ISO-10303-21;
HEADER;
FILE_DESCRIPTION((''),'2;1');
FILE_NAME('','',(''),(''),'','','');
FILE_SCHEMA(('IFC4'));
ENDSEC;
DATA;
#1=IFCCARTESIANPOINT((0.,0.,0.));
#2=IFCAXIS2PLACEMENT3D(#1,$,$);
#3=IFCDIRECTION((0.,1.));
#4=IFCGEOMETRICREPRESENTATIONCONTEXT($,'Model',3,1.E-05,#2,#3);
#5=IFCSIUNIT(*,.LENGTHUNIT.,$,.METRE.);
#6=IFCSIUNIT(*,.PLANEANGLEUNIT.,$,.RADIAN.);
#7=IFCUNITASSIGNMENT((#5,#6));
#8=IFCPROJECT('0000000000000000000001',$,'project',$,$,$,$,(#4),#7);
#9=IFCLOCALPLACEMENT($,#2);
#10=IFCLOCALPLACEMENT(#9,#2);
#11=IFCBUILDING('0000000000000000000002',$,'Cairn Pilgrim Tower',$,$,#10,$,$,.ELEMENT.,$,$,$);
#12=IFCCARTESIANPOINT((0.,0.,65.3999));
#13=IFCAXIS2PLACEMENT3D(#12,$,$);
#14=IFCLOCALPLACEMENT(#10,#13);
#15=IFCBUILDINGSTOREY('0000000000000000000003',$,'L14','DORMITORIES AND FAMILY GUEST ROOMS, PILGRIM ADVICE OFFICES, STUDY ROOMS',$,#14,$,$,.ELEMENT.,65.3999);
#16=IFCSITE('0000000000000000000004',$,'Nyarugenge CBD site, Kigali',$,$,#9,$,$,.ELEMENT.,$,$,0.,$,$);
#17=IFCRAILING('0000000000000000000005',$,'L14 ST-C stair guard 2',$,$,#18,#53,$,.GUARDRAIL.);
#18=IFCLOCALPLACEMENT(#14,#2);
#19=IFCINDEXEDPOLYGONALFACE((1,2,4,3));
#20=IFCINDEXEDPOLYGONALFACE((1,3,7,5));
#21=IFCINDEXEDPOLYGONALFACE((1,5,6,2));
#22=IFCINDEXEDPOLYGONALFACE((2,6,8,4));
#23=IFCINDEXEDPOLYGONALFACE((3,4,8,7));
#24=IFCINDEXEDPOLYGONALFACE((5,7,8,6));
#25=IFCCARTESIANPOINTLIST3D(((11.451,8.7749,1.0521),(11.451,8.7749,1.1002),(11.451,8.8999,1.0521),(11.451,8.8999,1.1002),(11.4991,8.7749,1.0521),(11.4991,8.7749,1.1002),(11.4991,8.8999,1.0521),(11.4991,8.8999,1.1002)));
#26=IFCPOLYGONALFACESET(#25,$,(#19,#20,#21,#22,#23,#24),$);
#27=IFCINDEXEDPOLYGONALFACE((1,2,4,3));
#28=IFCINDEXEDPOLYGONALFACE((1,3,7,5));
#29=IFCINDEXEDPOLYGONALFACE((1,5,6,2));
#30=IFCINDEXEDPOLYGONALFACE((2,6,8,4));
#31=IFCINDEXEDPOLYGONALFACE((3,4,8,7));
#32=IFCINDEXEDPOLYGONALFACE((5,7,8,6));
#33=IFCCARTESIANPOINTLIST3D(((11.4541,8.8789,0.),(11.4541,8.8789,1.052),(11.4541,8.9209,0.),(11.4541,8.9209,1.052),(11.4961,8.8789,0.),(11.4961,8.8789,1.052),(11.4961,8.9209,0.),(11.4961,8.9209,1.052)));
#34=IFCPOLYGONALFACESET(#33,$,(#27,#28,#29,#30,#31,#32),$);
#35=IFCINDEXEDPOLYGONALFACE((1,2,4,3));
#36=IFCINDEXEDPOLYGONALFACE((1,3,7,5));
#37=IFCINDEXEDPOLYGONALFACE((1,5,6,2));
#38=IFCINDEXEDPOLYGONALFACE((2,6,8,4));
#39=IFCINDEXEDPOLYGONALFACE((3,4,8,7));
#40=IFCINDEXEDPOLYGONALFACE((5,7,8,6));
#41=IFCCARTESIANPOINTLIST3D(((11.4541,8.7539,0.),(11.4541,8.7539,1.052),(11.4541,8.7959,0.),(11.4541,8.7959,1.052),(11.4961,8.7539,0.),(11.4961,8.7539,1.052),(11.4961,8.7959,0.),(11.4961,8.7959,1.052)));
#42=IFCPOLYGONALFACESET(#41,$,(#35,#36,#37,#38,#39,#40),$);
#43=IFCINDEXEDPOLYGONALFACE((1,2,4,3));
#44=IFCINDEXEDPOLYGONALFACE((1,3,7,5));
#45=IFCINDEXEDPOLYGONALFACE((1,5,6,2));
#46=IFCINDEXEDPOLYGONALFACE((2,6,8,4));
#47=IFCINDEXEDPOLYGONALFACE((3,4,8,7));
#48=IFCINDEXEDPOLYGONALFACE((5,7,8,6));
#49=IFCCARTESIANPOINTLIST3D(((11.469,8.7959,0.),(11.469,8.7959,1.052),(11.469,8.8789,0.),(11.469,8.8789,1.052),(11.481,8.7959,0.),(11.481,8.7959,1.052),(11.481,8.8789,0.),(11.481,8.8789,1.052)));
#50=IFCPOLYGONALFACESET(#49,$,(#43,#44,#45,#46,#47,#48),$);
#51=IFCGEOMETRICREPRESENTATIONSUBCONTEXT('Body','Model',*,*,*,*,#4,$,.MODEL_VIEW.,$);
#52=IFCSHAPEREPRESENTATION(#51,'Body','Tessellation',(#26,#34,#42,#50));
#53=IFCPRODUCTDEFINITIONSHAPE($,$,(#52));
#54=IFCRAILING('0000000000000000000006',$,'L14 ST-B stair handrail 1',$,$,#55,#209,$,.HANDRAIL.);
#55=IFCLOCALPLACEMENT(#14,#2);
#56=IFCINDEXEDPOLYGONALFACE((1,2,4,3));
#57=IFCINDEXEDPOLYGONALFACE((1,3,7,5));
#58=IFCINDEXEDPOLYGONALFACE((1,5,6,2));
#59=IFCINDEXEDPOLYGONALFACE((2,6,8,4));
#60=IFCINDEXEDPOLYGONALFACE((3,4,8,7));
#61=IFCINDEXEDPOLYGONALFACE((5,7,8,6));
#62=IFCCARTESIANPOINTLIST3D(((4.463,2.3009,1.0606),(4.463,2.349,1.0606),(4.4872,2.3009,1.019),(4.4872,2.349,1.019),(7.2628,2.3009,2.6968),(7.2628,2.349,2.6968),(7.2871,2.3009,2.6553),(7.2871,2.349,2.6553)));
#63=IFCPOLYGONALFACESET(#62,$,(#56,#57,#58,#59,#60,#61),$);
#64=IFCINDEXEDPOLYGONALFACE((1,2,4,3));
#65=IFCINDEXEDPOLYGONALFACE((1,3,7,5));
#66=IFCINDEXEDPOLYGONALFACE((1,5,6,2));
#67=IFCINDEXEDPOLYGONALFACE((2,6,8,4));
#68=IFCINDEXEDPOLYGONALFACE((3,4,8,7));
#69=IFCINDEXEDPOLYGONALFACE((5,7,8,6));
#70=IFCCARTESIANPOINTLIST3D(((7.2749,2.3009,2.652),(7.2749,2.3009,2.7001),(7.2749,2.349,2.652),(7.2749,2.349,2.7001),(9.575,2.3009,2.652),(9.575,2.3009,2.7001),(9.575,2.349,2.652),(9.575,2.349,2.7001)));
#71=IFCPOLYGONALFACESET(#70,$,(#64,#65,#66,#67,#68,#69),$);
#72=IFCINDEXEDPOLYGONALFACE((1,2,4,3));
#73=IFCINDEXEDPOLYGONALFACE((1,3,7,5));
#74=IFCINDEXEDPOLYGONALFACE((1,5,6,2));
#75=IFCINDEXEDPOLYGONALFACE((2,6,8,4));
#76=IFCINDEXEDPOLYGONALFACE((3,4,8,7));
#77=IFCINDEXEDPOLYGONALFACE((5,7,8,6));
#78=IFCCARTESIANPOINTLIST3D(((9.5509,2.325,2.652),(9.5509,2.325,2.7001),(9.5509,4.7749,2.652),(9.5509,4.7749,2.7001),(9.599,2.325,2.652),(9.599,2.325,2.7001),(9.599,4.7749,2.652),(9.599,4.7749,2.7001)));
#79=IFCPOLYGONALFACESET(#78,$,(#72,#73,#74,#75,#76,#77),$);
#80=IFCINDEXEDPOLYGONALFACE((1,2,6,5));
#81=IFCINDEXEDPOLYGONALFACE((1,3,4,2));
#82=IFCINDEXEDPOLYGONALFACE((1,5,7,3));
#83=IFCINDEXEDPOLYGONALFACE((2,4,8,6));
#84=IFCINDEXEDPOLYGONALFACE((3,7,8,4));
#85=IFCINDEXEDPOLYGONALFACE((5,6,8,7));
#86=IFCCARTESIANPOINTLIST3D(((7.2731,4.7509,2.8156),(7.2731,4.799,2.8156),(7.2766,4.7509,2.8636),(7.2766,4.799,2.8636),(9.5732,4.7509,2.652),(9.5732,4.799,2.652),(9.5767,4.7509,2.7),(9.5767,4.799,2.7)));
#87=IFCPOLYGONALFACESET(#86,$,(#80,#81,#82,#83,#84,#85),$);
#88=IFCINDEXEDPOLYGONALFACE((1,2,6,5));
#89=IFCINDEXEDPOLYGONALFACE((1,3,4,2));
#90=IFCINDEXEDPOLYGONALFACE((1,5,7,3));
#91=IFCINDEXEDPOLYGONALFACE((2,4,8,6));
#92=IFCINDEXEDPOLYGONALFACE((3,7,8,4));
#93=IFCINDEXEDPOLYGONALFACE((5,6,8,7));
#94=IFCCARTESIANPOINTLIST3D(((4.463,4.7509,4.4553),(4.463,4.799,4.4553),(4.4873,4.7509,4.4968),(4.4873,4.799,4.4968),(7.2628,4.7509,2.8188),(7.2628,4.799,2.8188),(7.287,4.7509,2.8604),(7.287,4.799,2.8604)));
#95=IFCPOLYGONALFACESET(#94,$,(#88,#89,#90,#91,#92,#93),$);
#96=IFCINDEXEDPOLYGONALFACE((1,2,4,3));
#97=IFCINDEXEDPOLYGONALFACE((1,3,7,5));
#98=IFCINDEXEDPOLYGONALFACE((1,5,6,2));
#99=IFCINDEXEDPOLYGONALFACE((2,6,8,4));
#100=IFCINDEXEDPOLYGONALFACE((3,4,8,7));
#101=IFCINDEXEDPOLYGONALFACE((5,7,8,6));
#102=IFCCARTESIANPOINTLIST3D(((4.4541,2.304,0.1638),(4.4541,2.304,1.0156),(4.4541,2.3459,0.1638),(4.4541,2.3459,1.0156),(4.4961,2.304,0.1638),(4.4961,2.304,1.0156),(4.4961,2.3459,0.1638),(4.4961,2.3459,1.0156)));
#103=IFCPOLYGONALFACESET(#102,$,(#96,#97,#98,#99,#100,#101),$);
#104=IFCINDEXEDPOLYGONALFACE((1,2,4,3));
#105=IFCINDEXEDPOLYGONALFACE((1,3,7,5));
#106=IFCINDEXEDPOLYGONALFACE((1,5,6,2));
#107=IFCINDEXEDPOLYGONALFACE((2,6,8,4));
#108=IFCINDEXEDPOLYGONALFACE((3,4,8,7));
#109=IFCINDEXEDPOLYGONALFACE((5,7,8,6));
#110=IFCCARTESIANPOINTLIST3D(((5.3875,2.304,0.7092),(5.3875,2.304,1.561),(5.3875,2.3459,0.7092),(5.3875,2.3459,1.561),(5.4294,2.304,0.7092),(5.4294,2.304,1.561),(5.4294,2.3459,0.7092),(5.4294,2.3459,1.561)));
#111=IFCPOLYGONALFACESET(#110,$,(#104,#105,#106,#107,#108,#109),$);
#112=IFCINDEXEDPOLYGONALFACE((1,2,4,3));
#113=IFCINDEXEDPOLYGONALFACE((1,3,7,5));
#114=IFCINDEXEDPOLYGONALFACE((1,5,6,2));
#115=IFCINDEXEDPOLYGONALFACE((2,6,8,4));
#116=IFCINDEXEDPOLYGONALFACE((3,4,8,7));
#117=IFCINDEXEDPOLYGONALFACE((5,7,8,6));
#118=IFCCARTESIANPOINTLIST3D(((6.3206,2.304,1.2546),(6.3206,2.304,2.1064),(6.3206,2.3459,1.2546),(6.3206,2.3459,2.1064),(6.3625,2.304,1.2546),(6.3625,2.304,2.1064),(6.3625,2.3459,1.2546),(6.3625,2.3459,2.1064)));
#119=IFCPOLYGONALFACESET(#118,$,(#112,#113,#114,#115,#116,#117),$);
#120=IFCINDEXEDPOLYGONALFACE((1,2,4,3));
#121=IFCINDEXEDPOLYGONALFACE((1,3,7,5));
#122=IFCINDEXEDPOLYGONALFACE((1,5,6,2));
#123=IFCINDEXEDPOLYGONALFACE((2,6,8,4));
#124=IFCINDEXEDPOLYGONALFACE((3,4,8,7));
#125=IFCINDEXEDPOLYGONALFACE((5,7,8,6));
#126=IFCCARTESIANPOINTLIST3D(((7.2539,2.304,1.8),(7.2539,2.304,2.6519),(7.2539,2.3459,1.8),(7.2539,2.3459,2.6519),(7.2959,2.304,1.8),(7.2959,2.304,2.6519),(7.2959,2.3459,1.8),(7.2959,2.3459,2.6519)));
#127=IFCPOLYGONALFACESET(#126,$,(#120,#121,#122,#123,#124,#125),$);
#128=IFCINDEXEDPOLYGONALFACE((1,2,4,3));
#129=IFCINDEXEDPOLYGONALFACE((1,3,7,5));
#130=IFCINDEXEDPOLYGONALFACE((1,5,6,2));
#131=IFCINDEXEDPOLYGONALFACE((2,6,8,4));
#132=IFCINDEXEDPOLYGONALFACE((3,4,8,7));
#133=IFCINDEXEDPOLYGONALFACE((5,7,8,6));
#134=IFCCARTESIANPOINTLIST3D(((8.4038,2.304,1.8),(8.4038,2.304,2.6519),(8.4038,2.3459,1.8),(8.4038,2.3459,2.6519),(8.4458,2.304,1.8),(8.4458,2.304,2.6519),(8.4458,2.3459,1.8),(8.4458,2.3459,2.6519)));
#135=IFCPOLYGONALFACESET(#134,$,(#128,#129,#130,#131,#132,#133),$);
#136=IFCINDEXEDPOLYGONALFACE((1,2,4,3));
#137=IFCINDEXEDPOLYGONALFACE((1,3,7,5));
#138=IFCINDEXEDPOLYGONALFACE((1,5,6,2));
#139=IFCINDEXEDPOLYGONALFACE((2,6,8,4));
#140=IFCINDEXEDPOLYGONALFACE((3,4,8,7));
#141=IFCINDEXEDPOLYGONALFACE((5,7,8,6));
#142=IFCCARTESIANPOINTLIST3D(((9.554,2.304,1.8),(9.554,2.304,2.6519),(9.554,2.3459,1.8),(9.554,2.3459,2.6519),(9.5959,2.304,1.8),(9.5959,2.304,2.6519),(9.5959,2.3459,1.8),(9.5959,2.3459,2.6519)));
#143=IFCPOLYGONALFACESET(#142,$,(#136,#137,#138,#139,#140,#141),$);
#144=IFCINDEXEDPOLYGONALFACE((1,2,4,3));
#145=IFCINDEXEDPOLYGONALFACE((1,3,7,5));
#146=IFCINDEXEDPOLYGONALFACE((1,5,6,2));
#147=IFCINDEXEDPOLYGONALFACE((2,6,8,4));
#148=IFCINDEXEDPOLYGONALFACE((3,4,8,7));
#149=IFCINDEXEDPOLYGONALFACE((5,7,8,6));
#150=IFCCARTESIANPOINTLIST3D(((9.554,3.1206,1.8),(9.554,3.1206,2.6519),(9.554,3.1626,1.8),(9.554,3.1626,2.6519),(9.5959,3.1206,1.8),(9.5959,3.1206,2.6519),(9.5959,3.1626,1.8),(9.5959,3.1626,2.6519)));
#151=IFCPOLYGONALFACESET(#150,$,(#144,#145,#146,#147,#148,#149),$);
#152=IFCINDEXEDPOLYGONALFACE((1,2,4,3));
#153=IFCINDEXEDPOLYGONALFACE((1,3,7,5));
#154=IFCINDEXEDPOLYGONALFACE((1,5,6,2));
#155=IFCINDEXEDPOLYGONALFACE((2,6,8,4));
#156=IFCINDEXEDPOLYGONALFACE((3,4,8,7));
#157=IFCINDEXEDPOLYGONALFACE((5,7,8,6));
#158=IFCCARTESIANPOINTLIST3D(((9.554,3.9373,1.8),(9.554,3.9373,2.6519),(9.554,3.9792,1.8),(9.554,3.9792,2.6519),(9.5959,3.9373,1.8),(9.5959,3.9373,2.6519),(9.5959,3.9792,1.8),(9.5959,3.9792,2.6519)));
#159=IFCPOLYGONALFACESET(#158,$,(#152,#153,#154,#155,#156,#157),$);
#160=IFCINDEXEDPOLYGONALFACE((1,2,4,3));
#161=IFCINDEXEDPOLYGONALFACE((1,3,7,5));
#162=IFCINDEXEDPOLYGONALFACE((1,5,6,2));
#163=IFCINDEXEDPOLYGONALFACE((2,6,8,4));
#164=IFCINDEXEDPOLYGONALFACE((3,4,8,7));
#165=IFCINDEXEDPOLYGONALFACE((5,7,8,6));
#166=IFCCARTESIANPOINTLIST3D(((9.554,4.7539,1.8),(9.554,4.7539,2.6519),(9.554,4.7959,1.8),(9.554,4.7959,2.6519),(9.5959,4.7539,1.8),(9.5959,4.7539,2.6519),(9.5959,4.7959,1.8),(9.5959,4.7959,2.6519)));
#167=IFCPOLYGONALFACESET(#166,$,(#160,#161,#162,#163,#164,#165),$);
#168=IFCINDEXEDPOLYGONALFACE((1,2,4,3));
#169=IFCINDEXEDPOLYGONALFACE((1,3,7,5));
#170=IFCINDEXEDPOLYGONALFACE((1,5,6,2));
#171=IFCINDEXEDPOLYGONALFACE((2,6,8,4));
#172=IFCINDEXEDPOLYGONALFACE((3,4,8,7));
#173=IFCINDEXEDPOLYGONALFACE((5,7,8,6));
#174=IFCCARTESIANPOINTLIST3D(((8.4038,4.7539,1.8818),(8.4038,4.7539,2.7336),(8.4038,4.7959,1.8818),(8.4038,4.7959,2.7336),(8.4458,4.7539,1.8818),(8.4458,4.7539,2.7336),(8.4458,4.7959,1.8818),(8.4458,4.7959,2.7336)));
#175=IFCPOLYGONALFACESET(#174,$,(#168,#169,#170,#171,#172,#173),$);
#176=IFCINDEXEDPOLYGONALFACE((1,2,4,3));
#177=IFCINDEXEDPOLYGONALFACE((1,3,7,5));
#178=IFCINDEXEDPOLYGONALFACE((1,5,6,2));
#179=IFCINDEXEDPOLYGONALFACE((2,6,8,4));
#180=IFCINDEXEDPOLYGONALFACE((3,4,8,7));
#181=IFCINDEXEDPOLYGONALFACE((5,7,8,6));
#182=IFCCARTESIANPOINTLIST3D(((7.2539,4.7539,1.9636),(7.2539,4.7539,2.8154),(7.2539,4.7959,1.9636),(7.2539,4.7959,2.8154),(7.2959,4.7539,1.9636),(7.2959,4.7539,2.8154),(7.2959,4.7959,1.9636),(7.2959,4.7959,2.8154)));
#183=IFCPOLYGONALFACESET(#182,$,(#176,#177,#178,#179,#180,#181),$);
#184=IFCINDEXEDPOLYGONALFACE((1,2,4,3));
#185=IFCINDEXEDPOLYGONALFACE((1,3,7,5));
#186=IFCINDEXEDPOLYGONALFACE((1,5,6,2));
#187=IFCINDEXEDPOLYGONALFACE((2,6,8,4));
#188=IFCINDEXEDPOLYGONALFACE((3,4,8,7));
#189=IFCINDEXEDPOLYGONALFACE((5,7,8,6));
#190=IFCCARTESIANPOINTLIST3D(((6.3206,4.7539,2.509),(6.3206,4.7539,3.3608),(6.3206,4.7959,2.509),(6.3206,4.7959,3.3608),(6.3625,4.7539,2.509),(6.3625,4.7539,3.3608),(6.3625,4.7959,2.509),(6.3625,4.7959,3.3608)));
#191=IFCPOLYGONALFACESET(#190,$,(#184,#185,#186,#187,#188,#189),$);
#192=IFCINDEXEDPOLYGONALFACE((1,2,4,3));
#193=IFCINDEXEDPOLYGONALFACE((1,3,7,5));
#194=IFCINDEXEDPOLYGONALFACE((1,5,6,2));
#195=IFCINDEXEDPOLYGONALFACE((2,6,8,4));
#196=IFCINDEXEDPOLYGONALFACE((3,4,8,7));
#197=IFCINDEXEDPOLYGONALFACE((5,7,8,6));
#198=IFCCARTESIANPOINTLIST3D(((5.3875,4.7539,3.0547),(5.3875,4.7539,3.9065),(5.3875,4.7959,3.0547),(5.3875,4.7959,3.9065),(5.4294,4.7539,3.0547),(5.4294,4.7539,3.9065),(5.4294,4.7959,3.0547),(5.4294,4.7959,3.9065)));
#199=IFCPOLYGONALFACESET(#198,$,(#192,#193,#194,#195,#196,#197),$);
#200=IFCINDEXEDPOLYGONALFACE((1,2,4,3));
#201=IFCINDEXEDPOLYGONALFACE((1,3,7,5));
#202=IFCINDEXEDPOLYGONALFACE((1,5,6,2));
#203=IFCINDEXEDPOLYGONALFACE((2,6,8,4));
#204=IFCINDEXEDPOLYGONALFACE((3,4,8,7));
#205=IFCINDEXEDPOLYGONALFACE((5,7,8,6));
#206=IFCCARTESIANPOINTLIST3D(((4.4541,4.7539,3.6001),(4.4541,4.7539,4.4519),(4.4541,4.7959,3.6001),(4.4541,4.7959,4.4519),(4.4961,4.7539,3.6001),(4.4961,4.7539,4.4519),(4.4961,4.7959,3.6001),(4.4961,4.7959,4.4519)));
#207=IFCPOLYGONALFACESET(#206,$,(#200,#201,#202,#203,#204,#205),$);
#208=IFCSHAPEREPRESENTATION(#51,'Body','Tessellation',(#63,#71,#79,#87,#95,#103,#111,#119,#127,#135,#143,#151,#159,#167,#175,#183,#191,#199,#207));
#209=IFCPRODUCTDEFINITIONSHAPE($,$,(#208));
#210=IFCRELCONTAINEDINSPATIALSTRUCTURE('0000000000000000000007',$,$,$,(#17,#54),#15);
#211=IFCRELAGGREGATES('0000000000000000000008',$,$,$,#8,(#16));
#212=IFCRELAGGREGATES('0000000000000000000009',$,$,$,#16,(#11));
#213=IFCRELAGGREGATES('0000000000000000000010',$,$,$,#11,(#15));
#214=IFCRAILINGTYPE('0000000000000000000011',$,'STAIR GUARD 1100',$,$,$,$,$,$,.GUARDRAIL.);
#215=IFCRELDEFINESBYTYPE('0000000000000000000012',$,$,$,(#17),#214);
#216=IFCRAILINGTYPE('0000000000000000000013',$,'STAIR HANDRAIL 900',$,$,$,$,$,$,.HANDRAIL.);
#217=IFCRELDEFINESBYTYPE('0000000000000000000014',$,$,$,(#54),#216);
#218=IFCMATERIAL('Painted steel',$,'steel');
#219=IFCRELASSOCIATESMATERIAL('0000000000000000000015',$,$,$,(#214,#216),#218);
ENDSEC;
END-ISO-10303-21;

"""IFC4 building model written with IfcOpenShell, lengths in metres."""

from ifc_helpers import new_model, si_unit, direction, frame, origin, origin_2d, place, context, subcontext, project, spatial, polyline, rectangle, outline, extrude, material, type_object, element, save


model = new_model("IFC4")

# Units and contexts
model_context = context("Model", 3, precision=1e-05, world=origin(), true_north=direction((0.0, 1.0)))
body_context = subcontext(model_context, "Body", "Model", "MODEL_VIEW")
ifc_project = project(units=[si_unit("LENGTHUNIT", "METRE"), si_unit("PLANEANGLEUNIT", "RADIAN")], contexts=[model_context])

# Site, building, storey
site_placement = place(None, origin())
site = spatial("IfcSite", under=ifc_project, at=site_placement, Name="Nyarugenge CBD site, Kigali", CompositionType="ELEMENT", RefElevation=0.0)
building_placement = place(site_placement, origin())
building = spatial("IfcBuilding", under=site, at=building_placement, Name="Cairn Pilgrim Tower", CompositionType="ELEMENT")
storey_placement = place(building_placement, frame((0.0, 0.0, 65.3999)))
storey = spatial("IfcBuildingStorey", under=building, at=storey_placement, Name="L14", Description="DORMITORIES AND FAMILY GUEST ROOMS, PILGRIM ADVICE OFFICES, STUDY ROOMS", CompositionType="ELEMENT", Elevation=65.3999)

# Shared definitions
ifc_material_1 = material(Name="Painted steel", Category="steel")

# Railings
railing_type_1 = type_object("IfcRailingType", Name="STAIR GUARD 1100", PredefinedType="GUARDRAIL", material=ifc_material_1)
railing_1_placement = place(storey_placement, frame((11.4751, 8.8999, 0.0)))
element("IfcRailing", 1, at=railing_1_placement, inside=storey, type_object=railing_type_1, Name="L14 ST-C stair guard 2", PredefinedType="GUARDRAIL", context=body_context, shape_type="SweptSolid", body=[
    extrude(rectangle(XDim=0.0481, YDim=0.0481, at=origin_2d()), frame((0.0, 0.0, 1.0762), z_axis=(0.0, -1.0, 0.0), x_axis=(1.0, 0.0, 0.0)), (0.0, 0.0, 1.0), 0.125),
    extrude(rectangle(XDim=0.042, YDim=0.042, at=origin_2d()), origin(), (0.0, 0.0, 1.0), 1.052),
    extrude(rectangle(XDim=0.042, YDim=0.042, at=origin_2d()), frame((0.0, -0.125, 0.0)), (0.0, 0.0, 1.0), 1.052),
    extrude(outline(polyline([(0.021, 0.0), (0.104, 0.0), (0.104, 1.052), (0.021, 1.052), (0.021, 0.0)])), frame((0.0059, 0.0, 0.0), z_axis=(-1.0, 0.0, 0.0), x_axis=(0.0, -1.0, 0.0)), (0.0, 0.0, 1.0), 0.012),
])
railing_type_2 = type_object("IfcRailingType", Name="STAIR HANDRAIL 900", PredefinedType="HANDRAIL", material=ifc_material_1)
railing_2_placement = place(storey_placement, frame((4.4751, 2.325, 0.1638)))
element("IfcRailing", 2, at=railing_2_placement, inside=storey, type_object=railing_type_2, Name="L14 ST-B stair handrail 1", PredefinedType="HANDRAIL", context=body_context, shape_type="SweptSolid", body=[
    extrude(rectangle(XDim=0.0481, YDim=0.0481, at=origin_2d()), frame((0.0, 0.0, 0.876), z_axis=(0.863374, 0.0, 0.504564), x_axis=(0.0, 1.0, 0.0)), (0.0, 0.0, 1.0), 3.2429),
    extrude(rectangle(XDim=0.0481, YDim=0.0481, at=origin_2d()), frame((2.7998, 0.0, 2.5122), z_axis=(1.0, 0.0, 0.0), x_axis=(0.0, 1.0, 0.0)), (0.0, 0.0, 1.0), 2.3),
    extrude(rectangle(XDim=0.0481, YDim=0.0481, at=origin_2d()), frame((5.0999, 0.0, 2.5122), z_axis=(0.0, 1.0, 0.0), x_axis=(-1.0, 0.0, 0.0)), (0.0, 0.0, 1.0), 2.45),
    extrude(rectangle(XDim=0.0481, YDim=0.0481, at=origin_2d()), frame((5.0999, 2.45, 2.5122), z_axis=(-0.997481, 0.0, 0.070939), x_axis=(0.0, -1.0, 0.0)), (0.0, 0.0, 1.0), 2.3059),
    extrude(rectangle(XDim=0.0481, YDim=0.0481, at=origin_2d()), frame((2.7998, 2.45, 2.6758), z_axis=(-0.863342, 0.0, 0.50462), x_axis=(0.0, -1.0, 0.0)), (0.0, 0.0, 1.0), 3.2429),
    extrude(rectangle(XDim=0.042, YDim=0.042, at=origin_2d()), origin(), (0.0, 0.0, 1.0), 0.8518),
    extrude(rectangle(XDim=0.042, YDim=0.042, at=origin_2d()), frame((0.9333, 0.0, 0.5454)), (0.0, 0.0, 1.0), 0.8518),
    extrude(rectangle(XDim=0.042, YDim=0.042, at=origin_2d()), frame((1.8665, 0.0, 1.0908)), (0.0, 0.0, 1.0), 0.8518),
    extrude(rectangle(XDim=0.042, YDim=0.042, at=origin_2d()), frame((2.7998, 0.0, 1.6362)), (0.0, 0.0, 1.0), 0.8518),
    extrude(rectangle(XDim=0.042, YDim=0.042, at=origin_2d()), frame((3.9497, 0.0, 1.6362)), (0.0, 0.0, 1.0), 0.8518),
    extrude(rectangle(XDim=0.042, YDim=0.042, at=origin_2d()), frame((5.0999, 0.0, 1.6362)), (0.0, 0.0, 1.0), 0.8518),
    extrude(rectangle(XDim=0.042, YDim=0.042, at=origin_2d()), frame((5.0999, 0.8167, 1.6362)), (0.0, 0.0, 1.0), 0.8518),
    extrude(rectangle(XDim=0.042, YDim=0.042, at=origin_2d()), frame((5.0999, 1.6333, 1.6362)), (0.0, 0.0, 1.0), 0.8518),
    extrude(rectangle(XDim=0.042, YDim=0.042, at=origin_2d()), frame((5.0999, 2.45, 1.6362)), (0.0, 0.0, 1.0), 0.8518),
    extrude(rectangle(XDim=0.042, YDim=0.042, at=origin_2d()), frame((3.9497, 2.45, 1.718)), (0.0, 0.0, 1.0), 0.8518),
    extrude(rectangle(XDim=0.042, YDim=0.042, at=origin_2d()), frame((2.7998, 2.45, 1.7998)), (0.0, 0.0, 1.0), 0.8518),
    extrude(rectangle(XDim=0.042, YDim=0.042, at=origin_2d()), frame((1.8665, 2.45, 2.3452)), (0.0, 0.0, 1.0), 0.8518),
    extrude(rectangle(XDim=0.042, YDim=0.042, at=origin_2d()), frame((0.9333, 2.45, 2.8909)), (0.0, 0.0, 1.0), 0.8518),
    extrude(rectangle(XDim=0.042, YDim=0.042, at=origin_2d()), frame((0.0, 2.45, 3.4363)), (0.0, 0.0, 1.0), 0.8518),
])

save(model, "model.ifc")
